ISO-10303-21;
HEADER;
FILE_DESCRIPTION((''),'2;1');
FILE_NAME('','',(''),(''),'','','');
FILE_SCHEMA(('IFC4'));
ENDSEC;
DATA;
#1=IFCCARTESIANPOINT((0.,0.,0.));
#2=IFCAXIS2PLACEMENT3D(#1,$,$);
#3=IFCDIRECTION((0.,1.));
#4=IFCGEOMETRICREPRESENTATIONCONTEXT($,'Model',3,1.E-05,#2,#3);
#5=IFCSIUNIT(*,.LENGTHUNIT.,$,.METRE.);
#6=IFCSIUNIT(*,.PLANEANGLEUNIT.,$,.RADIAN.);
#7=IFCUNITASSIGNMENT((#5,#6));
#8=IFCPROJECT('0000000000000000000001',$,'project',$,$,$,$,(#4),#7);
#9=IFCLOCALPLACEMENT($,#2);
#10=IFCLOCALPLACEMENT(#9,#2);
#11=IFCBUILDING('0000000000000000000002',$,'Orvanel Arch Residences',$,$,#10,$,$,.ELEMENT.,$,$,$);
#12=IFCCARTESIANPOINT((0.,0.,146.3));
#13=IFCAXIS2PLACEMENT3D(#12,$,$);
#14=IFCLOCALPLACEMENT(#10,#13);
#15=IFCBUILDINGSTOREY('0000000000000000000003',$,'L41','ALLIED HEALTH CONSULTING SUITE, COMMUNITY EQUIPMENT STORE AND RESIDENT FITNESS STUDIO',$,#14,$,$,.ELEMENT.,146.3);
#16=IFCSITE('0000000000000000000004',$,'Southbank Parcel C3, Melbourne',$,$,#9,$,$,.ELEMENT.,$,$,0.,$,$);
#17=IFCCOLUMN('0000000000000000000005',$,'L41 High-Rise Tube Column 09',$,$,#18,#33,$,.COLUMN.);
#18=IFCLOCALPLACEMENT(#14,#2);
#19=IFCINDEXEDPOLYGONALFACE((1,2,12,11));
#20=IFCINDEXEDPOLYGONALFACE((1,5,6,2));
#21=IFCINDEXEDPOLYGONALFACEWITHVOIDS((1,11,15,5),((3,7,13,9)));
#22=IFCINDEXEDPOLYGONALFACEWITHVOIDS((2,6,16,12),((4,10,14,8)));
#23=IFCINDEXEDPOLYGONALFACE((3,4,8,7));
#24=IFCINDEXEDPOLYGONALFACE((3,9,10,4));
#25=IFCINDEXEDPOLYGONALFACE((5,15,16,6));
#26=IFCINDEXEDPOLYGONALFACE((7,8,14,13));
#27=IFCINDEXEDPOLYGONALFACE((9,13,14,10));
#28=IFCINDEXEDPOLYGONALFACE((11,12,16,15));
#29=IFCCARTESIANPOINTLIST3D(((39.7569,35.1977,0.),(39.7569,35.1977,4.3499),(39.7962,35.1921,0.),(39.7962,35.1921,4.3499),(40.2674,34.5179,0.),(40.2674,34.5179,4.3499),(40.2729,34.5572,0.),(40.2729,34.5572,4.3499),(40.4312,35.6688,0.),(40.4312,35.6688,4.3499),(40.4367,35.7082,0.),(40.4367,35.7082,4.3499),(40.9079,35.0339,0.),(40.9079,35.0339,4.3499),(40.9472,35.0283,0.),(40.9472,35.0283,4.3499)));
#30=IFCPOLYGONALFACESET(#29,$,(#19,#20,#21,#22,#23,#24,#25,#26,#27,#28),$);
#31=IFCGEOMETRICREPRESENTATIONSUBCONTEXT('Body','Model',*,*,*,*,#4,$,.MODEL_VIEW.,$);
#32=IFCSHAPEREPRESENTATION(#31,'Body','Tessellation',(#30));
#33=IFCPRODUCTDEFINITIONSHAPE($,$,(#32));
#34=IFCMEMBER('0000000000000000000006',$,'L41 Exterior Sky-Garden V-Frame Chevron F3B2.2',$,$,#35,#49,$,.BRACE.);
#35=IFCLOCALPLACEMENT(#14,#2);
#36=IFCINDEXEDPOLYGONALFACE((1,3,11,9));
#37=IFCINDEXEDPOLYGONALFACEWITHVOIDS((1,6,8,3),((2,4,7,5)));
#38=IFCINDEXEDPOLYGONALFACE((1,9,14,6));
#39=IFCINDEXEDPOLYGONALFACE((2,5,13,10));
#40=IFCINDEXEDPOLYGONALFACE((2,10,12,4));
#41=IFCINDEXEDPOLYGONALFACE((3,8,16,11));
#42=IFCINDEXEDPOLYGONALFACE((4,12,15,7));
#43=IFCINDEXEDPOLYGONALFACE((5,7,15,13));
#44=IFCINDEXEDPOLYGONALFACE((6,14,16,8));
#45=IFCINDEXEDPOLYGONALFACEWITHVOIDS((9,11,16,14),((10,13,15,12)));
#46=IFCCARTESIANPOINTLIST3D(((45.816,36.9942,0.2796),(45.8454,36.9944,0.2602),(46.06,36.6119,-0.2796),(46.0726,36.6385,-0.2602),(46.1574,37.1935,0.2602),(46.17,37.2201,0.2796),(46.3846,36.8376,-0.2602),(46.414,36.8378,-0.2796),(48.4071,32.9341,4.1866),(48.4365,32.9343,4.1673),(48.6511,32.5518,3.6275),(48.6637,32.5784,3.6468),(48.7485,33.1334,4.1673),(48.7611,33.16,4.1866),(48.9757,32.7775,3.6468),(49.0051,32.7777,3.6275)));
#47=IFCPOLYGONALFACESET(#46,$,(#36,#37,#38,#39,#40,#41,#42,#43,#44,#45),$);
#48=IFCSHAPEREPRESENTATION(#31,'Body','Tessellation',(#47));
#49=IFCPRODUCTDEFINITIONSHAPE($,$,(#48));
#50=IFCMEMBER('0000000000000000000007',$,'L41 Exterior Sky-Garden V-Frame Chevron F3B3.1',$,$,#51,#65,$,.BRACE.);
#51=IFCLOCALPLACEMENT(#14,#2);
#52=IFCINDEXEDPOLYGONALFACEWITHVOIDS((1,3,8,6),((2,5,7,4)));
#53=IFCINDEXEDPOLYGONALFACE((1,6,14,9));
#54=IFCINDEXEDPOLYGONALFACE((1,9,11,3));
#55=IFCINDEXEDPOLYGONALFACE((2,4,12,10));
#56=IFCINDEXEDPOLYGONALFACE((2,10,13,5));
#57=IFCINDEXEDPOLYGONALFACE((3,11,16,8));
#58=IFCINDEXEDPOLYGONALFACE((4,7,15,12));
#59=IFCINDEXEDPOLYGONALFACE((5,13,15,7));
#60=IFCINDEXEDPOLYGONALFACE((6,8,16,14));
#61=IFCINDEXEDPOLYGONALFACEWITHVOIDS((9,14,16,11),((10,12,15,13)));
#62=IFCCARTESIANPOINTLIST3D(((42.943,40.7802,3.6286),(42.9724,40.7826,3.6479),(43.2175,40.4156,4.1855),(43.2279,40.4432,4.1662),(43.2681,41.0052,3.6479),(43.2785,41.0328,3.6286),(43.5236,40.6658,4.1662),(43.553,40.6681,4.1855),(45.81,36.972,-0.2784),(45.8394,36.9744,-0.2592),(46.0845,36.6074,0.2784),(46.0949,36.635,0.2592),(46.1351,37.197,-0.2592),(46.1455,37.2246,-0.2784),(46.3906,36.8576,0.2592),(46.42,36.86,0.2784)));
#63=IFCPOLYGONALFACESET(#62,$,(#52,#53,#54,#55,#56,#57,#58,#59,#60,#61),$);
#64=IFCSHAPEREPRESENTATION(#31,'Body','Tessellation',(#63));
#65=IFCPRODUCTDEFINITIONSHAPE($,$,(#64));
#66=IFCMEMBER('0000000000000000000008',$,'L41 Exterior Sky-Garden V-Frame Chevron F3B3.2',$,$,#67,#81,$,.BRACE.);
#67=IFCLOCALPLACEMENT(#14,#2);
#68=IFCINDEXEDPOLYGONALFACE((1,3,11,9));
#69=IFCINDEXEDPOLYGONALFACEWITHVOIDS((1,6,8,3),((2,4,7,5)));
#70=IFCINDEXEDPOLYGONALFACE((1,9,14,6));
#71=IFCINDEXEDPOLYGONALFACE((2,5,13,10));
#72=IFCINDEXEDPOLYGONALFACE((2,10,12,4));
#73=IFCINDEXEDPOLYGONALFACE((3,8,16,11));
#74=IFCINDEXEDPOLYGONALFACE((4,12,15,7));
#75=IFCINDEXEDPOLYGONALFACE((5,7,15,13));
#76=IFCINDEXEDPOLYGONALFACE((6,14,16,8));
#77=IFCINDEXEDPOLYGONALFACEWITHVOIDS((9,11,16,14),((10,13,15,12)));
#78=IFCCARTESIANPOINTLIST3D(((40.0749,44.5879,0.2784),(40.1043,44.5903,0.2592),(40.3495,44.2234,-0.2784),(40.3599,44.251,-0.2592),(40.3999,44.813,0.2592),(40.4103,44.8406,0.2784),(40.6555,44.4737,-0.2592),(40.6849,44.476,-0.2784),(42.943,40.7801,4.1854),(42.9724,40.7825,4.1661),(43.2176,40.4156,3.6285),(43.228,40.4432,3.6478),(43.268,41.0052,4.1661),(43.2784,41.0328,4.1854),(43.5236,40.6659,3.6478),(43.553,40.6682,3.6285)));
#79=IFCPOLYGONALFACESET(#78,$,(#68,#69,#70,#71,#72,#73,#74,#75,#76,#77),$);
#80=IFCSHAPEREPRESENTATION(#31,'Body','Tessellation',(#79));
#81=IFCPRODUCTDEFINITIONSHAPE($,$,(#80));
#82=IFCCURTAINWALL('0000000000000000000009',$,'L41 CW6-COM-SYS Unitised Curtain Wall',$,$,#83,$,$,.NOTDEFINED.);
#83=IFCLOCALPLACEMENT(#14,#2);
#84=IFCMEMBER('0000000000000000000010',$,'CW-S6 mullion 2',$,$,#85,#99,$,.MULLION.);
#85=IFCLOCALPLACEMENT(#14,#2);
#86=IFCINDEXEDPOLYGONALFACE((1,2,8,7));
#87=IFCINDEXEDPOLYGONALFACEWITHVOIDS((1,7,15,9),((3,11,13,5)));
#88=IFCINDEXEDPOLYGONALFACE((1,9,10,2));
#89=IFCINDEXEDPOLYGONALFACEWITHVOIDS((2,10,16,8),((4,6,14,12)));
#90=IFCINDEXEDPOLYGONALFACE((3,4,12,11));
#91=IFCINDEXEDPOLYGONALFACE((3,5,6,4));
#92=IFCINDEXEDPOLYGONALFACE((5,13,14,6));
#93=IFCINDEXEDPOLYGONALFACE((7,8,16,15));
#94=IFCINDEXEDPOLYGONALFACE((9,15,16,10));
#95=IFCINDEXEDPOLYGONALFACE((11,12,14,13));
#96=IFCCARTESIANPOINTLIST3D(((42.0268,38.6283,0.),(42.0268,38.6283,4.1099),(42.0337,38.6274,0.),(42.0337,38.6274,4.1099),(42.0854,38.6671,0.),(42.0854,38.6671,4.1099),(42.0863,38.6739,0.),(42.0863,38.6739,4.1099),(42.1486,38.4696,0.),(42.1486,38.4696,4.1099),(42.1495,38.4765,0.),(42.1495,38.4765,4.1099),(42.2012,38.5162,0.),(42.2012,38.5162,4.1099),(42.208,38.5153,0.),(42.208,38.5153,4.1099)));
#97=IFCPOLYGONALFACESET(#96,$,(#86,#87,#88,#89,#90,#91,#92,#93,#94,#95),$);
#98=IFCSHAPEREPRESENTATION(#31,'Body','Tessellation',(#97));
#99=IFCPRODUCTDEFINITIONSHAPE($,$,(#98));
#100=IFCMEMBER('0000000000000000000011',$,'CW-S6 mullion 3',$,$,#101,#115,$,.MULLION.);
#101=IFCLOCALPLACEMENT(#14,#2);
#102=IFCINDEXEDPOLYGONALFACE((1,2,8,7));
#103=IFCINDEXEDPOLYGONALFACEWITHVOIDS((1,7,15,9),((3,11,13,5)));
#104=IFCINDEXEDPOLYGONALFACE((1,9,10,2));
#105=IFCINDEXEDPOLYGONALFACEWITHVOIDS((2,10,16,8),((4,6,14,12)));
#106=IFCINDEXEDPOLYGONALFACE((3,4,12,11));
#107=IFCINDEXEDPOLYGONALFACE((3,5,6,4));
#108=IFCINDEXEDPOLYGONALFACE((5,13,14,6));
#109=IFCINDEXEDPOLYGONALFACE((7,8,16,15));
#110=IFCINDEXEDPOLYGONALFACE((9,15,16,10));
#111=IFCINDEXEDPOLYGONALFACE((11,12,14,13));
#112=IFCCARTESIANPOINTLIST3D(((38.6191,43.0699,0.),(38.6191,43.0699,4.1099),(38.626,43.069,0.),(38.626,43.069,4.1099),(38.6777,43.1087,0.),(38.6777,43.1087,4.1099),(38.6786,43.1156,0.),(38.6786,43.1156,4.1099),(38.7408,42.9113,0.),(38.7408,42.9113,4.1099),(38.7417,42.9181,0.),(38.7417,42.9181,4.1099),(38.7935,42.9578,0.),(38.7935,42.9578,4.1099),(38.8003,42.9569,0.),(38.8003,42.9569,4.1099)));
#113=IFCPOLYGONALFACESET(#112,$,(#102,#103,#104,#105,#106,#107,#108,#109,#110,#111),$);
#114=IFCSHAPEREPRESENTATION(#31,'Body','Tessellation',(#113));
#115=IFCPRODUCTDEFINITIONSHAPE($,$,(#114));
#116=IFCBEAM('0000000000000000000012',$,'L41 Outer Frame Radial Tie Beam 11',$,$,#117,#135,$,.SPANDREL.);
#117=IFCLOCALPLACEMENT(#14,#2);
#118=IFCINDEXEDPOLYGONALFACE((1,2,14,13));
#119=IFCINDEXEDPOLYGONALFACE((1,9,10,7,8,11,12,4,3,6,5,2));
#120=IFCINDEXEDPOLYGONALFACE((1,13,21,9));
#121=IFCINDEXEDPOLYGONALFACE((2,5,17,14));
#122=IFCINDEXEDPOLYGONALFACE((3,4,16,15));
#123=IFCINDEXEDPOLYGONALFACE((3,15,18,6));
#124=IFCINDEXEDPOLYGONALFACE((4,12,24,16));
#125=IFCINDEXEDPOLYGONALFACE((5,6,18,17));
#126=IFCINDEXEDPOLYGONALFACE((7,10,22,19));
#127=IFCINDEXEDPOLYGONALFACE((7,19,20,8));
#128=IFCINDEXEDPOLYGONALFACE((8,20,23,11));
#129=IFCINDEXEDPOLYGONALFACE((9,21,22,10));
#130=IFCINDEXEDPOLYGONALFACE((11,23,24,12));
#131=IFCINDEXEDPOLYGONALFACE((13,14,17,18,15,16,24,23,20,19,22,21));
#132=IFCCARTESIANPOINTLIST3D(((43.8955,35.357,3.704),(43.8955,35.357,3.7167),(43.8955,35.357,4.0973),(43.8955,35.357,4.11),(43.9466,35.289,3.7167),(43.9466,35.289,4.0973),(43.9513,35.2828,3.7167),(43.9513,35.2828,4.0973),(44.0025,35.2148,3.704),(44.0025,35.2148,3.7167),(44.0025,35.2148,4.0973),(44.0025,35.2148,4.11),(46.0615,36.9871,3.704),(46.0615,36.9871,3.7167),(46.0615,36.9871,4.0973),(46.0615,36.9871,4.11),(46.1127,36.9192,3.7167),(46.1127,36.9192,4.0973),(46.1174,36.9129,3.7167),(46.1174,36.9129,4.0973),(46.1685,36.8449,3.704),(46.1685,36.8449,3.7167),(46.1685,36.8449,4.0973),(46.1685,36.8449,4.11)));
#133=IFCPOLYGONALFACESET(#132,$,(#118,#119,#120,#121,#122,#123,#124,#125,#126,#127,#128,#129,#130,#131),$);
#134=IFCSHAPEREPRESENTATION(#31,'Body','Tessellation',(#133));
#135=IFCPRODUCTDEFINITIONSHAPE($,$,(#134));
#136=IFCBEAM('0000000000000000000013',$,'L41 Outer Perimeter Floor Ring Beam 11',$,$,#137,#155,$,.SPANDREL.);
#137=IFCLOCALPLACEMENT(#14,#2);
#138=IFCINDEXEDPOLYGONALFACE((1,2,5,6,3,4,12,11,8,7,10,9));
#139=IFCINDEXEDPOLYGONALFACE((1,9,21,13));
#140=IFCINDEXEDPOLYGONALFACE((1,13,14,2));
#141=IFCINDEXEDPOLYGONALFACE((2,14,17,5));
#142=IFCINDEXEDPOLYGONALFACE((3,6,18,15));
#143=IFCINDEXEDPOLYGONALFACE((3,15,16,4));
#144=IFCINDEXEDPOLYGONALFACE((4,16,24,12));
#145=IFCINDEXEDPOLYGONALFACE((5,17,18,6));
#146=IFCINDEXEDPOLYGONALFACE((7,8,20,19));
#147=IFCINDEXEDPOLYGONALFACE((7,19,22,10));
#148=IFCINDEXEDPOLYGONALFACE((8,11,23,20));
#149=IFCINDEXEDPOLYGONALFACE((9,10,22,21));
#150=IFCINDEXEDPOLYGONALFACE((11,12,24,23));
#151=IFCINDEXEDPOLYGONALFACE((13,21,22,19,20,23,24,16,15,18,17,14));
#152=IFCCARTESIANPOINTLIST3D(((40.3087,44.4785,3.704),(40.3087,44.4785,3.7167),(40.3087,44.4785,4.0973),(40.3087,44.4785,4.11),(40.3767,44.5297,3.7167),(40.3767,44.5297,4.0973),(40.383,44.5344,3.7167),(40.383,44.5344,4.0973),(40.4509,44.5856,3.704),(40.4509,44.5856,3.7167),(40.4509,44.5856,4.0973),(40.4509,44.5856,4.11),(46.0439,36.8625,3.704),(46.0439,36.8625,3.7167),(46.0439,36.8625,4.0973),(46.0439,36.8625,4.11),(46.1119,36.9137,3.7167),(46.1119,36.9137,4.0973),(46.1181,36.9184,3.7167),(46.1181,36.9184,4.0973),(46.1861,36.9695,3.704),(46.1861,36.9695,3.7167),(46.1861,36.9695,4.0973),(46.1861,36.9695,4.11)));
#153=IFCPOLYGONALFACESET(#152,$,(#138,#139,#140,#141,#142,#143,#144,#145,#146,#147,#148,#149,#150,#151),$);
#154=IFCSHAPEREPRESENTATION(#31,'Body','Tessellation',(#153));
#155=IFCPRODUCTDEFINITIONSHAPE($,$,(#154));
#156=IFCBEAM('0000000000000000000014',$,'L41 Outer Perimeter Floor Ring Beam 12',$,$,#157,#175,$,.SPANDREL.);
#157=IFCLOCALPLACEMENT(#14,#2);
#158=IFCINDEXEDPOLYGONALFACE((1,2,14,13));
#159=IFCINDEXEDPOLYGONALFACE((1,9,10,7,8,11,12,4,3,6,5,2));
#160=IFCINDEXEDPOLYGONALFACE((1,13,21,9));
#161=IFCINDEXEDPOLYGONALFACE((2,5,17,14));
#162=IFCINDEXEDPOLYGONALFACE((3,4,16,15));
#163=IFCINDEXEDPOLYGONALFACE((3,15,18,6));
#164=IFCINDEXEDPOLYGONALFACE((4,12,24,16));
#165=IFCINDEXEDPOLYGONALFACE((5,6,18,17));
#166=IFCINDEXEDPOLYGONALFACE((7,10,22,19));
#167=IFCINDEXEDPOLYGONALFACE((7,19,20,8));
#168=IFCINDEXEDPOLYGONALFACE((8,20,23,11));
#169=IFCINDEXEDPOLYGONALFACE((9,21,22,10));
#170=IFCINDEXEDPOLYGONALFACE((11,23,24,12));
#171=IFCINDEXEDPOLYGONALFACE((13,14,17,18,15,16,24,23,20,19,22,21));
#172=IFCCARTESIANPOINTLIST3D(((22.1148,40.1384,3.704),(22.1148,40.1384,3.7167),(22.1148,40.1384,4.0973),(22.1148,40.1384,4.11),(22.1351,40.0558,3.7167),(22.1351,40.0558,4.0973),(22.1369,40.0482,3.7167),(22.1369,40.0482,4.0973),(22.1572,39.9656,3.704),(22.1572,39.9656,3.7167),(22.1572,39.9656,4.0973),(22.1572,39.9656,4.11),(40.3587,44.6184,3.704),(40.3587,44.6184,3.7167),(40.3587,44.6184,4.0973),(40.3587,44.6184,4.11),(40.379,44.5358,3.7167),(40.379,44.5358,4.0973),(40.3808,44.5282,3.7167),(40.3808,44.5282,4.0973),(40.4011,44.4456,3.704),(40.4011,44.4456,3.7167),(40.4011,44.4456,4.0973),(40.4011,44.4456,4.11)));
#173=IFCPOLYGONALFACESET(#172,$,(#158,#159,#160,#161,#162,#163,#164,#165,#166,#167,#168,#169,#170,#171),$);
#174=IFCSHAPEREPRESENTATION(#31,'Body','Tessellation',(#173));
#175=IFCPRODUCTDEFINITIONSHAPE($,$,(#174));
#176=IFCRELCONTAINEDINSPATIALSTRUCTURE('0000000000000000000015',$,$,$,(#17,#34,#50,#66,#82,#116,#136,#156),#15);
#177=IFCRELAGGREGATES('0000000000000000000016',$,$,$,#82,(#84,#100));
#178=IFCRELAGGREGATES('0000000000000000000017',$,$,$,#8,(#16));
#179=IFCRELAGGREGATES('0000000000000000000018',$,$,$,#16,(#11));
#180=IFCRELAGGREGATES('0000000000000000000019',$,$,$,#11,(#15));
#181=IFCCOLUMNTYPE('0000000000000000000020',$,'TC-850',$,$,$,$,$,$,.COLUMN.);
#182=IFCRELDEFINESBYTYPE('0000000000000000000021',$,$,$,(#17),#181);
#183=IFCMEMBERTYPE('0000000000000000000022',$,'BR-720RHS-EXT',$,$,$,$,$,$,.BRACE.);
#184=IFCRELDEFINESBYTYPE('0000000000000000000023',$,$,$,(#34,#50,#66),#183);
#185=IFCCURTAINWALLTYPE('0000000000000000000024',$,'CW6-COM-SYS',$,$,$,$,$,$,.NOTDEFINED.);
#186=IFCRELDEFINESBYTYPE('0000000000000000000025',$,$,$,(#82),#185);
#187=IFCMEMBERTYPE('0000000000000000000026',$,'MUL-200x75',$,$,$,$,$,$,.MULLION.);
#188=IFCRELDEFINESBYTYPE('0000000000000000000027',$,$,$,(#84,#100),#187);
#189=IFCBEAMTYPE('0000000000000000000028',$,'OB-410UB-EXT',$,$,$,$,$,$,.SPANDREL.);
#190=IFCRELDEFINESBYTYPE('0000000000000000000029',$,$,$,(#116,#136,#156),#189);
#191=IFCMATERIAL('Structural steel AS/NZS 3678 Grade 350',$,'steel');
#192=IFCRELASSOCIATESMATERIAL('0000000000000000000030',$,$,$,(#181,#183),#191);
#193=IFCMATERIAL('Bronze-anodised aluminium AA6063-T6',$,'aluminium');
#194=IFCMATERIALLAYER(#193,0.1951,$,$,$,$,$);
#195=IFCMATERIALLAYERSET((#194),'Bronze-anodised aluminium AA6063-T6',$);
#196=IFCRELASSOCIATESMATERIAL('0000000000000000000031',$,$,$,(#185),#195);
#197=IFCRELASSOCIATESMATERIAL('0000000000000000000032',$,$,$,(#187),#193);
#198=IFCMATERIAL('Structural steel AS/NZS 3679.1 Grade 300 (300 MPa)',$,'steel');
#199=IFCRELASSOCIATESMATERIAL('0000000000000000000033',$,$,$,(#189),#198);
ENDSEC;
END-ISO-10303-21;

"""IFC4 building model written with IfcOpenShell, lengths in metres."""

from ifc_helpers import new_model, si_unit, direction, frame, origin, origin_2d, place, context, subcontext, project, spatial, hollow_rectangle, i_section, extrude, material, layer, layer_set, material_profile, profile_set, type_object, element, aggregate, save


model = new_model("IFC4")

# Units and contexts
model_context = context("Model", 3, precision=1e-05, world=origin(), true_north=direction((0.0, 1.0)))
body_context = subcontext(model_context, "Body", "Model", "MODEL_VIEW")
ifc_project = project(units=[si_unit("LENGTHUNIT", "METRE"), si_unit("PLANEANGLEUNIT", "RADIAN")], contexts=[model_context])

# Site, building, storey
site_placement = place(None, origin())
site = spatial("IfcSite", under=ifc_project, at=site_placement, Name="Southbank Parcel C3, Melbourne", CompositionType="ELEMENT", RefElevation=0.0)
building_placement = place(site_placement, origin())
building = spatial("IfcBuilding", under=site, at=building_placement, Name="Orvanel Arch Residences", CompositionType="ELEMENT")
storey_placement = place(building_placement, frame((0.0, 0.0, 146.3)))
storey = spatial("IfcBuildingStorey", under=building, at=storey_placement, Name="L41", Description="ALLIED HEALTH CONSULTING SUITE, COMMUNITY EQUIPMENT STORE AND RESIDENT FITNESS STUDIO", CompositionType="ELEMENT", Elevation=146.3)

# Column
ifc_material_1 = material(Name="Structural steel AS/NZS 3678 Grade 350", Category="steel")
ifc_material_profile_1 = material_profile(ifc_material_1, hollow_rectangle(XDim=0.8501, YDim=0.8501, WallThickness=0.0281, at=origin_2d()), Name="BOX850x850x28")
ifc_profile_set_1 = profile_set([ifc_material_profile_1], Name="Structural steel AS/NZS 3678 Grade 350")
column_type = type_object("IfcColumnType", Name="TC-850", PredefinedType="COLUMN", material=ifc_profile_set_1)
column_placement = place(storey_placement, frame((40.3521, 35.113, 0.0), z_axis=(0.0, 0.0, 1.0), x_axis=(-0.60042, 0.799685, 0.0)))
element("IfcColumn", 1, at=column_placement, inside=storey, type_object=column_type, Name="L41 High-Rise Tube Column 09", PredefinedType="COLUMN", context=body_context, shape_type="SweptSolid", body=[
    extrude(hollow_rectangle(XDim=0.8501, YDim=0.8501, WallThickness=0.0281, at=origin_2d()), origin(), (0.0, 0.0, 1.0), 4.3499),
])

# Members
ifc_material_profile_2 = material_profile(ifc_material_1, hollow_rectangle(XDim=0.4199, YDim=0.72, WallThickness=0.0249, at=origin_2d()), Name="RHS720x420x25")
ifc_profile_set_2 = profile_set([ifc_material_profile_2], Name="Structural steel AS/NZS 3678 Grade 350")
member_type_1 = type_object("IfcMemberType", Name="BR-720RHS-EXT", PredefinedType="BRACE", material=ifc_profile_set_2)
member_1_placement = place(storey_placement, frame((46.115, 36.916, 0.0), z_axis=(0.417793, -0.654659, 0.629977), x_axis=(0.842966, 0.537967, 0.0)))
element("IfcMember", 2, at=member_1_placement, inside=storey, type_object=member_type_1, Name="L41 Exterior Sky-Garden V-Frame Chevron F3B2.2", PredefinedType="BRACE", context=body_context, shape_type="SweptSolid", body=[
    extrude(hollow_rectangle(XDim=0.4199, YDim=0.72, WallThickness=0.0249, at=origin_2d()), origin(), (0.0, 0.0, 1.0), 6.2019),
])
member_2_placement = place(storey_placement, frame((46.115, 36.916, 0.0), z_axis=(-0.465168, 0.617874, 0.633917), x_axis=(-0.798905, -0.601458, 0.0)))
element("IfcMember", 3, at=member_2_placement, inside=storey, type_object=member_type_1, Name="L41 Exterior Sky-Garden V-Frame Chevron F3B3.1", PredefinedType="BRACE", context=body_context, shape_type="SweptSolid", body=[
    extrude(hollow_rectangle(XDim=0.4199, YDim=0.72, WallThickness=0.0249, at=origin_2d()), origin(), (0.0, 0.0, 1.0), 6.1633),
])
member_3_placement = place(storey_placement, frame((40.3799, 44.532, 0.0), z_axis=(0.465335, -0.617792, 0.633874), x_axis=(0.798763, 0.601646, 0.0)))
element("IfcMember", 4, at=member_3_placement, inside=storey, type_object=member_type_1, Name="L41 Exterior Sky-Garden V-Frame Chevron F3B3.2", PredefinedType="BRACE", context=body_context, shape_type="SweptSolid", body=[
    extrude(hollow_rectangle(XDim=0.4199, YDim=0.72, WallThickness=0.0249, at=origin_2d()), origin(), (0.0, 0.0, 1.0), 6.1636),
])

# Curtain wall, members
ifc_material_2 = material(Name="Bronze-anodised aluminium AA6063-T6", Category="aluminium")
ifc_layer_1 = layer(ifc_material_2, 0.1951)
ifc_layer_set_1 = layer_set([ifc_layer_1], Name="Bronze-anodised aluminium AA6063-T6")
curtain_wall_type = type_object("IfcCurtainWallType", Name="CW6-COM-SYS", PredefinedType="NOTDEFINED", material=ifc_layer_set_1)
curtain_wall_placement = place(storey_placement, origin())
curtain_wall = element("IfcCurtainWall", 5, at=curtain_wall_placement, inside=storey, type_object=curtain_wall_type, Name="L41 CW6-COM-SYS Unitised Curtain Wall", PredefinedType="NOTDEFINED")
ifc_material_profile_3 = material_profile(ifc_material_2, hollow_rectangle(XDim=0.075, YDim=0.2, WallThickness=0.0049, at=origin_2d()), Name="ALU200x75x5")
ifc_profile_set_3 = profile_set([ifc_material_profile_3], Name="Bronze-anodised aluminium AA6063-T6")
member_type_2 = type_object("IfcMemberType", Name="MUL-200x75", PredefinedType="MULLION", material=ifc_profile_set_3)
member_4_placement = place(storey_placement, frame((42.1174, 38.5718, 0.0), z_axis=(0.0, 0.0, 1.0), x_axis=(-0.7934, -0.6087, 0.0)))
member_4 = element("IfcMember", 6, at=member_4_placement, type_object=member_type_2, Name="CW-S6 mullion 2", PredefinedType="MULLION", context=body_context, shape_type="SweptSolid", body=[
    extrude(hollow_rectangle(XDim=0.075, YDim=0.2, WallThickness=0.0049, at=origin_2d()), origin(), (0.0, 0.0, 1.0), 4.1099),
])
member_5_placement = place(storey_placement, frame((38.7097, 43.0134, 0.0), z_axis=(0.0, 0.0, 1.0), x_axis=(-0.7934, -0.6087, 0.0)))
member_5 = element("IfcMember", 7, at=member_5_placement, type_object=member_type_2, Name="CW-S6 mullion 3", PredefinedType="MULLION", context=body_context, shape_type="SweptSolid", body=[
    extrude(hollow_rectangle(XDim=0.075, YDim=0.2, WallThickness=0.0049, at=origin_2d()), origin(), (0.0, 0.0, 1.0), 4.1099),
])

# Beams
ifc_material_3 = material(Name="Structural steel AS/NZS 3679.1 Grade 300 (300 MPa)", Category="steel")
ifc_material_profile_4 = material_profile(ifc_material_3, i_section(OverallWidth=0.178, OverallDepth=0.406, WebThickness=0.0078, FlangeThickness=0.0127, at=origin_2d()), Name="410UB59.7")
ifc_profile_set_4 = profile_set([ifc_material_profile_4], Name="Structural steel AS/NZS 3679.1 Grade 300 (300 MPa)")
beam_type_1 = type_object("IfcBeamType", Name="OB-410UB-EXT", PredefinedType="SPANDREL", material=ifc_profile_set_4)
beam_1_placement = place(storey_placement, frame((43.949, 35.2859, 3.907), z_axis=(0.799005, 0.601325, 0.0), x_axis=(-0.601325, 0.799005, 0.0)))
element("IfcBeam", 8, at=beam_1_placement, inside=storey, type_object=beam_type_1, Name="L41 Outer Frame Radial Tie Beam 11", PredefinedType="SPANDREL", context=body_context, shape_type="SweptSolid", body=[
    extrude(i_section(OverallWidth=0.178, OverallDepth=0.406, WebThickness=0.0078, FlangeThickness=0.0127, at=origin_2d()), origin(), (0.0, 0.0, 1.0), 2.7109),
])
beam_2_placement = place(storey_placement, frame((46.115, 36.916, 3.907), z_axis=(-0.601552, 0.798834, 0.0), x_axis=(-0.798834, -0.601552, 0.0)))
element("IfcBeam", 9, at=beam_2_placement, inside=storey, type_object=beam_type_1, Name="L41 Outer Perimeter Floor Ring Beam 11", PredefinedType="SPANDREL", context=body_context, shape_type="SweptSolid", body=[
    extrude(i_section(OverallWidth=0.178, OverallDepth=0.406, WebThickness=0.0078, FlangeThickness=0.0127, at=origin_2d()), origin(), (0.0, 0.0, 1.0), 9.5339),
])
beam_3_placement = place(storey_placement, frame((40.3799, 44.532, 3.907), z_axis=(-0.971148, -0.238476, 0.0), x_axis=(0.238476, -0.971148, 0.0)))
element("IfcBeam", 10, at=beam_3_placement, inside=storey, type_object=beam_type_1, Name="L41 Outer Perimeter Floor Ring Beam 12", PredefinedType="SPANDREL", context=body_context, shape_type="SweptSolid", body=[
    extrude(i_section(OverallWidth=0.178, OverallDepth=0.406, WebThickness=0.0078, FlangeThickness=0.0127, at=origin_2d()), origin(), (0.0, 0.0, 1.0), 18.7859),
])

aggregate(curtain_wall, [member_4, member_5])

save(model, "model.ifc")
